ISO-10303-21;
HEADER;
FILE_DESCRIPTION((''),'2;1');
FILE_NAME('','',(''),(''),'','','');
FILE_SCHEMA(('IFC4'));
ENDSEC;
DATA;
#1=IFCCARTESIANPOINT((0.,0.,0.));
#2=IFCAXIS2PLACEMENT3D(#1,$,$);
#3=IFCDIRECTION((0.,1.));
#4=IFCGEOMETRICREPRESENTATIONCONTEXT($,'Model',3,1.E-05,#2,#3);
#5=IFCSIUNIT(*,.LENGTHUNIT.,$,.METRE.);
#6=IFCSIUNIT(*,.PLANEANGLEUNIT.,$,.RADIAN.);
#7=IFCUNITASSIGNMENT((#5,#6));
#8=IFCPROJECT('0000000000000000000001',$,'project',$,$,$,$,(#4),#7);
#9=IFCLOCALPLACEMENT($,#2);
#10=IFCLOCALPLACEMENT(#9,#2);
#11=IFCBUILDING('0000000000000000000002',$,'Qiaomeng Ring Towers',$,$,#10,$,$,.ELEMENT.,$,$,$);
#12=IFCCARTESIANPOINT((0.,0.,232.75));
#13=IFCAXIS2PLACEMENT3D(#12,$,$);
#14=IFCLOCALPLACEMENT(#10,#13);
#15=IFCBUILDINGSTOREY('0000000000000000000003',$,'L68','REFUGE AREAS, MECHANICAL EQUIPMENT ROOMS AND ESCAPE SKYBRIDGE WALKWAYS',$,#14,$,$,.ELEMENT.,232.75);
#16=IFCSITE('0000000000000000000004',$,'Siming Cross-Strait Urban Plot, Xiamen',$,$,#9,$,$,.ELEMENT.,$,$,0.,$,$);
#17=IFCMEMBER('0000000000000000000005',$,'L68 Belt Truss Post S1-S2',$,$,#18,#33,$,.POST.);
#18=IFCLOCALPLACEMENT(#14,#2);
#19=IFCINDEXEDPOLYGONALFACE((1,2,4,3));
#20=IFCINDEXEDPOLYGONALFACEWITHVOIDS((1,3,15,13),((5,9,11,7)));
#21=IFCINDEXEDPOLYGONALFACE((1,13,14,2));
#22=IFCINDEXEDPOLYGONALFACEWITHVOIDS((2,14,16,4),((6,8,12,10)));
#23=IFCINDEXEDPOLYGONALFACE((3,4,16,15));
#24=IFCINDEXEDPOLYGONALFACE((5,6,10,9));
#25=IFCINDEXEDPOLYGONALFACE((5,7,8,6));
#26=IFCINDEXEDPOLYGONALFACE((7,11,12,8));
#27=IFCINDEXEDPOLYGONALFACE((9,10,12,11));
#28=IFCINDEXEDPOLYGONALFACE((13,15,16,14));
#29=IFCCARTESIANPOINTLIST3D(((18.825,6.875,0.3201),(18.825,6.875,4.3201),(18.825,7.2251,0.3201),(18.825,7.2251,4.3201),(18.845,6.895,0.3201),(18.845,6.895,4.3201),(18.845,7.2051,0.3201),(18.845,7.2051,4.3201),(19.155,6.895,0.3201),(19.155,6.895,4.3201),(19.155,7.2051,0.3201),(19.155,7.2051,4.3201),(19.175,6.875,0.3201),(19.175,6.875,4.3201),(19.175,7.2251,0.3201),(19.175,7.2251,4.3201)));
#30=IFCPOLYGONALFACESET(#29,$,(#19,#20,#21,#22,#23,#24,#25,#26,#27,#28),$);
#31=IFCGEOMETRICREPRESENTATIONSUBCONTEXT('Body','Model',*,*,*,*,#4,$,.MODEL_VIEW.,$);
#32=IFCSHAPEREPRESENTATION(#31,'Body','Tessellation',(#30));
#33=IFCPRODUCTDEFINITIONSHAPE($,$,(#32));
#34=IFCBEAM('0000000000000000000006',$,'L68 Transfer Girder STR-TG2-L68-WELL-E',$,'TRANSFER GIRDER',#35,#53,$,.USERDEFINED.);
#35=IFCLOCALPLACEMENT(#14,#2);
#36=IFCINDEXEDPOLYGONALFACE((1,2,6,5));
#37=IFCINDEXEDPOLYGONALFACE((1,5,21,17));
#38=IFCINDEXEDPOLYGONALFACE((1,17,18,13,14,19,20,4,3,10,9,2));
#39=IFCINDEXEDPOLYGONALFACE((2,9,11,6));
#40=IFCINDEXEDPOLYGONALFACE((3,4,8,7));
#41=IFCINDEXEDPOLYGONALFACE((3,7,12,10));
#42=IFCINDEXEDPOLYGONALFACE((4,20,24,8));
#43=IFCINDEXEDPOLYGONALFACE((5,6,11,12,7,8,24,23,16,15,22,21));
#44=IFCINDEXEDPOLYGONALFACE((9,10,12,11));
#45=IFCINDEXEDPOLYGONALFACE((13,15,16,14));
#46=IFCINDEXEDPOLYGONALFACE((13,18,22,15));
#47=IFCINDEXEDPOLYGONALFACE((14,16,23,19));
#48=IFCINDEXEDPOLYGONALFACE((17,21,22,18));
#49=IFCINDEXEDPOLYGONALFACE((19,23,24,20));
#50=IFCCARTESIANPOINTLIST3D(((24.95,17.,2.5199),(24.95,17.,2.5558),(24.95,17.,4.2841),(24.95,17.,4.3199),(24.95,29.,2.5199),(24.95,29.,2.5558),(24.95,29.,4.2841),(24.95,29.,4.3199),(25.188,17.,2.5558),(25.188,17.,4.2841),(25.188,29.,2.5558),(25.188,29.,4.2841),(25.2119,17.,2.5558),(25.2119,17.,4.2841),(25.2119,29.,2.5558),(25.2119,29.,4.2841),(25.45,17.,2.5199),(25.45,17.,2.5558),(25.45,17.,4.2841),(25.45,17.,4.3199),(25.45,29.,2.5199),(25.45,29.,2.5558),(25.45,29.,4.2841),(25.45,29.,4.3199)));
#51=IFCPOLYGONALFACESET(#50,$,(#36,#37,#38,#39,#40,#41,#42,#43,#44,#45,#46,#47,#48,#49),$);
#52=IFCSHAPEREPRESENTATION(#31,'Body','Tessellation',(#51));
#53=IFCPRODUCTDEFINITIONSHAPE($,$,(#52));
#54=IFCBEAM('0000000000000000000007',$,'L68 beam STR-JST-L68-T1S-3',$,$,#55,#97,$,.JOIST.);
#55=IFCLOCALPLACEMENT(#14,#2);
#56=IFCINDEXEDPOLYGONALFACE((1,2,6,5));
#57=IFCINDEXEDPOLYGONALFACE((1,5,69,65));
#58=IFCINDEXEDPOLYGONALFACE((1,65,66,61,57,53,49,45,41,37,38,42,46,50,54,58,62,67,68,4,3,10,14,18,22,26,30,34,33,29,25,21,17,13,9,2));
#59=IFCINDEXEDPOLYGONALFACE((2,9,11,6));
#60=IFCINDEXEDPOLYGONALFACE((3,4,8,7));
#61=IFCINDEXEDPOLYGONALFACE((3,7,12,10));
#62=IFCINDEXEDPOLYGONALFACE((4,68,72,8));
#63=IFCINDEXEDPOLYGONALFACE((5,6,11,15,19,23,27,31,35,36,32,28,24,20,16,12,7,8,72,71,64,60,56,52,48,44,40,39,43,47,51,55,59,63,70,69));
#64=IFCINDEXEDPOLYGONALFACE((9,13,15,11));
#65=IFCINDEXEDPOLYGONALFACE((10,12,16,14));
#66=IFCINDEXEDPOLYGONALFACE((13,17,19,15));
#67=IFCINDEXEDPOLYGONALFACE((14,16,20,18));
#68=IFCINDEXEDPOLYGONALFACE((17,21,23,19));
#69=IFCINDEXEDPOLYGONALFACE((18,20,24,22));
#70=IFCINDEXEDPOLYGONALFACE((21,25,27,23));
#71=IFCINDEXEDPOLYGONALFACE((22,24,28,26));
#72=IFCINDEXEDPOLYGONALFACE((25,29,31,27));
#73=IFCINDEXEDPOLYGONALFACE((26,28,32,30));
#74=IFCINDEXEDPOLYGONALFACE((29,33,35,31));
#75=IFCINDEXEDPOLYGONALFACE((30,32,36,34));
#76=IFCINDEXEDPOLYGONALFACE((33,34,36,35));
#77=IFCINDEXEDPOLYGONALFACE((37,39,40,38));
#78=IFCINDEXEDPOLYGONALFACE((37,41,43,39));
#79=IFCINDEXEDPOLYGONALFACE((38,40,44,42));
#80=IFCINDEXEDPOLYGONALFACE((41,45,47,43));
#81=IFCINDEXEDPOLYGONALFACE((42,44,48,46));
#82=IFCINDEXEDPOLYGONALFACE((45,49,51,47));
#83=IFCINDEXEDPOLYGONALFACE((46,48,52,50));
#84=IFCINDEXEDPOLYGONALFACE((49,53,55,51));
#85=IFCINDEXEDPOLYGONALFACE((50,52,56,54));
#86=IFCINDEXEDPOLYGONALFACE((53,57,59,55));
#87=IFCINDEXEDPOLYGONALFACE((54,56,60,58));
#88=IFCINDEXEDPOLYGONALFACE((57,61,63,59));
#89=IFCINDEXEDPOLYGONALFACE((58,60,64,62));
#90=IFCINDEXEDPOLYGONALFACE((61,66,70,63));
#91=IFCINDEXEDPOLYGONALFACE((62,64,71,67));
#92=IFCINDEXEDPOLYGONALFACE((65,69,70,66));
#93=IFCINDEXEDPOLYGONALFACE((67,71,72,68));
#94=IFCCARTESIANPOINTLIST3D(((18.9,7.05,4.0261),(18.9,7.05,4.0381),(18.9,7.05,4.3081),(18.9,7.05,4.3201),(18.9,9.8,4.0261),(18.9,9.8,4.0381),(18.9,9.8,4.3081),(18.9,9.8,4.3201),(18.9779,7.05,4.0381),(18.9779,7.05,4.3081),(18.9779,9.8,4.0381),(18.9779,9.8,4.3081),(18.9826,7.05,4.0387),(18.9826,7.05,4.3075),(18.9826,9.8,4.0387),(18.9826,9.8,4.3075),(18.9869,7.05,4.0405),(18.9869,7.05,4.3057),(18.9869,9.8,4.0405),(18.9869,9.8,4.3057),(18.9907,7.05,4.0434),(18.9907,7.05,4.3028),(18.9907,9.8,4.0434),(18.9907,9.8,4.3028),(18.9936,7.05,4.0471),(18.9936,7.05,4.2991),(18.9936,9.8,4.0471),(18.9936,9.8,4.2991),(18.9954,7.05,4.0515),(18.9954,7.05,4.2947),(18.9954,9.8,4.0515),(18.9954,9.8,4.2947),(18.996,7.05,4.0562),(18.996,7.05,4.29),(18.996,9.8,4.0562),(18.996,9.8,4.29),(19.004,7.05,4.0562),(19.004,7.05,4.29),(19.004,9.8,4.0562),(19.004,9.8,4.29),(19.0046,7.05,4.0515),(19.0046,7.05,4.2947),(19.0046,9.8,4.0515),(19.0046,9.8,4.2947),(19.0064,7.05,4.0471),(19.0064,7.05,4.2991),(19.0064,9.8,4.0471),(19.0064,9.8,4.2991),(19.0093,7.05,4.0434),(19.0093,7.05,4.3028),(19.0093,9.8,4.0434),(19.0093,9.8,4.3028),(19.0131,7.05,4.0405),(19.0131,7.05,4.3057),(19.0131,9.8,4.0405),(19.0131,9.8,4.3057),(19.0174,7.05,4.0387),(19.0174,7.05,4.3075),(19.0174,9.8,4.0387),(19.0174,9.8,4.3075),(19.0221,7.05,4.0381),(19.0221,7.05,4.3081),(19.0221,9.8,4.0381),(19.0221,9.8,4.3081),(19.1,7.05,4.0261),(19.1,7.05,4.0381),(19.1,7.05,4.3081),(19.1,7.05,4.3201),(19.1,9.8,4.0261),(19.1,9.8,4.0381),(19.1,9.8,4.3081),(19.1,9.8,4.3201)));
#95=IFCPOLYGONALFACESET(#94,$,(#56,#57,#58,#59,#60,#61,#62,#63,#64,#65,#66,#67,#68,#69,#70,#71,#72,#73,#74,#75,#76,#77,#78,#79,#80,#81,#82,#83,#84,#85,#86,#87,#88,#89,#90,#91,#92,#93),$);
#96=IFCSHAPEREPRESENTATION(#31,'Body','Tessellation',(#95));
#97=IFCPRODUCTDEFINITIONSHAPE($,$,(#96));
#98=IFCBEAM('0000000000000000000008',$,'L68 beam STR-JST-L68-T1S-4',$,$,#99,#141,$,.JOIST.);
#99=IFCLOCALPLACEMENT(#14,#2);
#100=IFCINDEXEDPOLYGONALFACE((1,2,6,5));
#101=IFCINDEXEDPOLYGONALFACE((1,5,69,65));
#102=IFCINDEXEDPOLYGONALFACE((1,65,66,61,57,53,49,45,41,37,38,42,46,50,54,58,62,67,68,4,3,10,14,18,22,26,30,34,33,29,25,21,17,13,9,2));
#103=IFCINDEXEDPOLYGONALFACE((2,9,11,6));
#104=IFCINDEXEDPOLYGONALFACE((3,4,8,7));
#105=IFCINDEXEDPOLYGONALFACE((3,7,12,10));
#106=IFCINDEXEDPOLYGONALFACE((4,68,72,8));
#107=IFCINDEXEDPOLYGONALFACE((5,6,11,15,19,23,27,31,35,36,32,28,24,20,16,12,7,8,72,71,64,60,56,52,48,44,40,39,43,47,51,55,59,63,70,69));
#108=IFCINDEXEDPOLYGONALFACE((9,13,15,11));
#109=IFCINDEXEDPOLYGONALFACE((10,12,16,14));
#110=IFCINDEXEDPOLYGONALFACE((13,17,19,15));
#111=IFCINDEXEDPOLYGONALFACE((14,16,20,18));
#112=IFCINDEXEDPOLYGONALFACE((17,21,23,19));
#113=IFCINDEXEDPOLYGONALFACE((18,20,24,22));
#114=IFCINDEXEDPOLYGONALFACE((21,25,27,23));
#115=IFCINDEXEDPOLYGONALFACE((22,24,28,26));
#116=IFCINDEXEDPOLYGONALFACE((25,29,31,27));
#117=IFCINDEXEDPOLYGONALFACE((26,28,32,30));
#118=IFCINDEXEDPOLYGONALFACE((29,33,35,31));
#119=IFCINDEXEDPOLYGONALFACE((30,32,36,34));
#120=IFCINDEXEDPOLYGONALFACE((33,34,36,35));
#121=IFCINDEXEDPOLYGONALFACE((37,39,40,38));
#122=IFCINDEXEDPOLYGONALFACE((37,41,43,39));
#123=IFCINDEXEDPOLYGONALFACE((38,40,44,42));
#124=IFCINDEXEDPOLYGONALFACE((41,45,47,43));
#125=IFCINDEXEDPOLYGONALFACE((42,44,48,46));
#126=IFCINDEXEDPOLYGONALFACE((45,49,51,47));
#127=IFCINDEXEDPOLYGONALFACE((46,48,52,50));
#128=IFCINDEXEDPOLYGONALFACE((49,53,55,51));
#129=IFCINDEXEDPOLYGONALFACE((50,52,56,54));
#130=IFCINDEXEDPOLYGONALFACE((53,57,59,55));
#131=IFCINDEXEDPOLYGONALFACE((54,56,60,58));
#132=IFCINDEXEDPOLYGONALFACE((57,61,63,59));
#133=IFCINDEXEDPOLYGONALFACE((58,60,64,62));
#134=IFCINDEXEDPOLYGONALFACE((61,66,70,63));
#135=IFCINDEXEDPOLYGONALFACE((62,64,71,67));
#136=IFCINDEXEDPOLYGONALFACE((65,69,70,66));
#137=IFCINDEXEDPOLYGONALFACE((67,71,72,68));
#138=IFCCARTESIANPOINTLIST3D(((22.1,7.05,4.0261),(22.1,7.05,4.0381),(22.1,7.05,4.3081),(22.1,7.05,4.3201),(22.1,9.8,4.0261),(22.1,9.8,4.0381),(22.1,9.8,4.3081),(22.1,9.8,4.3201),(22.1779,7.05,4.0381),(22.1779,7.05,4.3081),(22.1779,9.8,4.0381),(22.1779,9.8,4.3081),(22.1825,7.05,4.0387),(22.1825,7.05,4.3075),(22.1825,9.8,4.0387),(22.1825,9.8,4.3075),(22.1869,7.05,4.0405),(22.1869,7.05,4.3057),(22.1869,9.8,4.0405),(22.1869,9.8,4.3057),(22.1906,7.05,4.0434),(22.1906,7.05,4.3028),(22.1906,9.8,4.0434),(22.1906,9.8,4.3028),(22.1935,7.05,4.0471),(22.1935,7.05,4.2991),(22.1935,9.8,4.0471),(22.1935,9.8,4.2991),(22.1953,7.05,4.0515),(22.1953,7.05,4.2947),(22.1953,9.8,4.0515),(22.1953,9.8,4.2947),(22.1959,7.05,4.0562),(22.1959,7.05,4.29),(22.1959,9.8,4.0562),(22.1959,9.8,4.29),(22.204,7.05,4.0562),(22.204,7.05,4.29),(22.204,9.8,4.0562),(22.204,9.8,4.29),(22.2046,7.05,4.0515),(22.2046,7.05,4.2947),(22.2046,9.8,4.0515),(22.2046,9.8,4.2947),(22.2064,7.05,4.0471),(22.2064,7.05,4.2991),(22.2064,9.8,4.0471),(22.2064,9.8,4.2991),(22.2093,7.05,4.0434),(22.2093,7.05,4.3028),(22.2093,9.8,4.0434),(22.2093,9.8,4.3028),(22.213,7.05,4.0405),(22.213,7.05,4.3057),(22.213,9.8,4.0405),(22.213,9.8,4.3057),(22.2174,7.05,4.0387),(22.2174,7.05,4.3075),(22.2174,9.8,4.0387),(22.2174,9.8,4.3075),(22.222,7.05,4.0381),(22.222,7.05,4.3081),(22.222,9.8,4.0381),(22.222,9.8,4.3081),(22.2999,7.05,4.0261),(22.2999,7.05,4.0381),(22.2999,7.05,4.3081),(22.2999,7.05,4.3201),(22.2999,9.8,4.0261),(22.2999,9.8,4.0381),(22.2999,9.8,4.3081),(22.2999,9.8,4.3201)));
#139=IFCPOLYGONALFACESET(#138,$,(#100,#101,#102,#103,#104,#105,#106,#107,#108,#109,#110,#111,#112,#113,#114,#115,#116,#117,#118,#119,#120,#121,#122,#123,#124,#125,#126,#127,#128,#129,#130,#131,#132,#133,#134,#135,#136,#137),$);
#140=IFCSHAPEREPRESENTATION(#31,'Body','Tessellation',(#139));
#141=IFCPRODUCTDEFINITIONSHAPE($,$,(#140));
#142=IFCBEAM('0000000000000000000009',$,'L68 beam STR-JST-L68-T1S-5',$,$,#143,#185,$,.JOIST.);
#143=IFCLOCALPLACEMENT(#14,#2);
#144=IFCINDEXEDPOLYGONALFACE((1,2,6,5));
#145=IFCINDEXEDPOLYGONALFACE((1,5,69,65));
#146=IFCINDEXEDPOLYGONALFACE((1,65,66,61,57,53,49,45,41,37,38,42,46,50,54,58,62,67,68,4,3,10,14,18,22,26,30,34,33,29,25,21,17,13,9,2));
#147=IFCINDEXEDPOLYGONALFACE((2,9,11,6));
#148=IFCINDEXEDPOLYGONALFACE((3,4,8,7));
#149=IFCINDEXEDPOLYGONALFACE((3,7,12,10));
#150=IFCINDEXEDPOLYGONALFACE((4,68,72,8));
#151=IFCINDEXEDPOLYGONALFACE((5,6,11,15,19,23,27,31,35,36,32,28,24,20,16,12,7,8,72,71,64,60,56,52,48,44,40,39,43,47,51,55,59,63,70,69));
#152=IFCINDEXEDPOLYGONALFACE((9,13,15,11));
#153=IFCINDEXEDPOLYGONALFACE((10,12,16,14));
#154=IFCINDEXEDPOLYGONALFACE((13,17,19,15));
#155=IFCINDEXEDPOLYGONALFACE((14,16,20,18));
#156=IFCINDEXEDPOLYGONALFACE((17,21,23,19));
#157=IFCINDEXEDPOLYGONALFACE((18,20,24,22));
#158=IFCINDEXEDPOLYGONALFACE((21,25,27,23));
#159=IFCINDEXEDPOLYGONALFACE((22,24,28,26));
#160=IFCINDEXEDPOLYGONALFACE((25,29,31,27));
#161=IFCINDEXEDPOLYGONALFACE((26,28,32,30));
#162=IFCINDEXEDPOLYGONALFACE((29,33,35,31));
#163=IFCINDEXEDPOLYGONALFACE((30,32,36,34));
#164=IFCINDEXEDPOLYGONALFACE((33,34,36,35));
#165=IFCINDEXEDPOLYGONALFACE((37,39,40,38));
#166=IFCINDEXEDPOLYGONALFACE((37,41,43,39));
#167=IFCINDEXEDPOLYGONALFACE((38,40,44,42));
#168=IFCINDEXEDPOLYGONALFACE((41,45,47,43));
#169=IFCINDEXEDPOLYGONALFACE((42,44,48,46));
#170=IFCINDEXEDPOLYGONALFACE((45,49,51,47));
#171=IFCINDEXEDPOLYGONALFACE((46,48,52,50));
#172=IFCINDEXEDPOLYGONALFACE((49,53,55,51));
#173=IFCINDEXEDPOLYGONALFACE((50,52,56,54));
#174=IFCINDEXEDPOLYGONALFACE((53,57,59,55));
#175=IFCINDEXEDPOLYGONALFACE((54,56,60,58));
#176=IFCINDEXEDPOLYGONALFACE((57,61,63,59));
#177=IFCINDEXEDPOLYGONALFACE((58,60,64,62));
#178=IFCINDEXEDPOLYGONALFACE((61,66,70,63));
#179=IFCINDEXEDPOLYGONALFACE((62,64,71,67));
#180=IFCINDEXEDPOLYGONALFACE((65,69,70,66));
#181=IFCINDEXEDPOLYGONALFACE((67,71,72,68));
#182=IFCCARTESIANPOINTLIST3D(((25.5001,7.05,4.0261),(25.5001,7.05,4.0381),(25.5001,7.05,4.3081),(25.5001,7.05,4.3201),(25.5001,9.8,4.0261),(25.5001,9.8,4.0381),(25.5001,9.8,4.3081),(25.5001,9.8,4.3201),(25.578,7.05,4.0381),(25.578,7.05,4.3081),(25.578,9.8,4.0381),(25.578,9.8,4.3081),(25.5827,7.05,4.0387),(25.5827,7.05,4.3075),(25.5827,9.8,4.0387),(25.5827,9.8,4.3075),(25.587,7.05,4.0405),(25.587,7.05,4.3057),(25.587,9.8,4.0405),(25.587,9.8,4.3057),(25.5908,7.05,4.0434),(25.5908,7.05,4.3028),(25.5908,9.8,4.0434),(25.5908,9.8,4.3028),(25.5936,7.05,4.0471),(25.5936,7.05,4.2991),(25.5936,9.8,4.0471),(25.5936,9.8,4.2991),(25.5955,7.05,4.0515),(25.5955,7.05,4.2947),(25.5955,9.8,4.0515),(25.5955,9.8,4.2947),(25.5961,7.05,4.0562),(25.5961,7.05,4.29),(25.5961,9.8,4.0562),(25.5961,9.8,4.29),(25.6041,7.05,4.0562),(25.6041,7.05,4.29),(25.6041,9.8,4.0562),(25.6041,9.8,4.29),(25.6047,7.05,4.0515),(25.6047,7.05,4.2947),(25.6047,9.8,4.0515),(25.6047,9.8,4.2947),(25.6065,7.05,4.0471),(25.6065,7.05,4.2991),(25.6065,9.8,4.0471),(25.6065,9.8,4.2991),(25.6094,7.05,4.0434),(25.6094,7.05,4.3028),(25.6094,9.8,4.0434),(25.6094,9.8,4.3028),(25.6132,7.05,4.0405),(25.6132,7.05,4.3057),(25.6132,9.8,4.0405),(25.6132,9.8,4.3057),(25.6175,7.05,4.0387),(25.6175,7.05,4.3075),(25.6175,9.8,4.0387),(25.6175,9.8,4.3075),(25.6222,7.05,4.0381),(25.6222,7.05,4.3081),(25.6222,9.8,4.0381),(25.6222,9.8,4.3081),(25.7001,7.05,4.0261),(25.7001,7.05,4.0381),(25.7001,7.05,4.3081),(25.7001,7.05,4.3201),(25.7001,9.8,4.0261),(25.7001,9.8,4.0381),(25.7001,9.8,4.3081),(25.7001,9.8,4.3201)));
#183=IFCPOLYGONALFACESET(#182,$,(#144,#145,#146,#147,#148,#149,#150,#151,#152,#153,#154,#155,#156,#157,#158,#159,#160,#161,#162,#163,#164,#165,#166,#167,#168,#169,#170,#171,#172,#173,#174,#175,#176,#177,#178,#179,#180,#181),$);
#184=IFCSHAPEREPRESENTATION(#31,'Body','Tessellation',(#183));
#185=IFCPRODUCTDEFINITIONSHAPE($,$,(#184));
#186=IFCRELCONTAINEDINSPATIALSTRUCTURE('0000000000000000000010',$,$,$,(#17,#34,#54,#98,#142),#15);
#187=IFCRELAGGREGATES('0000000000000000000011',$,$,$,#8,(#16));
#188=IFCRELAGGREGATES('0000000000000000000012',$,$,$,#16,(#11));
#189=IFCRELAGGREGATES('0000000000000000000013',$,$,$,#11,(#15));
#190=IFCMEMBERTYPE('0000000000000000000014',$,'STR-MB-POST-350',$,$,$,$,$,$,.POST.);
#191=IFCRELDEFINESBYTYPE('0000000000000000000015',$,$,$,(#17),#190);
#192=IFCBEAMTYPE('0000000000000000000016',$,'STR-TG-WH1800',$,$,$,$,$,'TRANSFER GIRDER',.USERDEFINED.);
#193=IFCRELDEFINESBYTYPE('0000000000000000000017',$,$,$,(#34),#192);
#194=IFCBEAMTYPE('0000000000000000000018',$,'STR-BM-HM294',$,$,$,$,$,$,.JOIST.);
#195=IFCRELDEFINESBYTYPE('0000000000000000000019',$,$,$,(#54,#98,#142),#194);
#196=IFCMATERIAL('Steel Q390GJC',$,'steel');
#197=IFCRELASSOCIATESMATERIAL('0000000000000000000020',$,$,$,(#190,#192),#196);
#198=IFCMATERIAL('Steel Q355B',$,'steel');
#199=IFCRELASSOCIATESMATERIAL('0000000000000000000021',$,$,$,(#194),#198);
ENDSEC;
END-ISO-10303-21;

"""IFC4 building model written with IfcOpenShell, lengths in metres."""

from ifc_helpers import new_model, si_unit, direction, frame, origin, origin_2d, place, context, subcontext, project, spatial, hollow_rectangle, i_section, extrude, source, transform, mapped, material, material_profile, profile_set, type_object, element, save


model = new_model("IFC4")

# Units and contexts
model_context = context("Model", 3, precision=1e-05, world=origin(), true_north=direction((0.0, 1.0)))
body_context = subcontext(model_context, "Body", "Model", "MODEL_VIEW")
ifc_project = project(units=[si_unit("LENGTHUNIT", "METRE"), si_unit("PLANEANGLEUNIT", "RADIAN")], contexts=[model_context])

# Site, building, storey
site_placement = place(None, origin())
site = spatial("IfcSite", under=ifc_project, at=site_placement, Name="Siming Cross-Strait Urban Plot, Xiamen", CompositionType="ELEMENT", RefElevation=0.0)
building_placement = place(site_placement, origin())
building = spatial("IfcBuilding", under=site, at=building_placement, Name="Qiaomeng Ring Towers", CompositionType="ELEMENT")
storey_placement = place(building_placement, frame((0.0, 0.0, 232.75)))
storey = spatial("IfcBuildingStorey", under=building, at=storey_placement, Name="L68", Description="REFUGE AREAS, MECHANICAL EQUIPMENT ROOMS AND ESCAPE SKYBRIDGE WALKWAYS", CompositionType="ELEMENT", Elevation=232.75)

# Member
ifc_material_1 = material(Name="Steel Q390GJC", Category="steel")
ifc_material_profile_1 = material_profile(ifc_material_1, hollow_rectangle(XDim=0.3501, YDim=0.3501, WallThickness=0.02, at=origin_2d()), Name="SHS 350x350x20")
ifc_profile_set_1 = profile_set([ifc_material_profile_1], Name="Steel Q390GJC")
member_type_1 = type_object("IfcMemberType", Name="STR-MB-POST-350", PredefinedType="POST", material=ifc_profile_set_1)
shared_shape_1 = source(origin(), body_context, "Body", "SweptSolid", [
    extrude(hollow_rectangle(XDim=0.3501, YDim=0.3501, WallThickness=0.02, at=origin_2d()), origin(), (0.0, 0.0, 1.0), 4.0),
])
member_1_placement = place(storey_placement, frame((19.0, 7.05, 0.3201), z_axis=(0.0, 0.0, 1.0), x_axis=(1.0, 0.0, 0.0)))
element("IfcMember", 1, at=member_1_placement, inside=storey, type_object=member_type_1, Name="L68 Belt Truss Post S1-S2", PredefinedType="POST", context=body_context, shape_type="MappedRepresentation", body=[
    mapped(shared_shape_1, transform((0.0, 0.0, 0.0), x_axis=(1.0, 0.0, 0.0), y_axis=(0.0, 1.0, 0.0), z_axis=(0.0, 0.0, 1.0), scale=1.0)),
])

# Beams
ifc_material_profile_2 = material_profile(ifc_material_1, i_section(OverallWidth=0.5, OverallDepth=1.8, WebThickness=0.0239, FlangeThickness=0.0359, at=origin_2d()), Name="WH 1800x500x24x36")
ifc_profile_set_2 = profile_set([ifc_material_profile_2], Name="Steel Q390GJC")
beam_type_1 = type_object("IfcBeamType", Name="STR-TG-WH1800", ElementType="TRANSFER GIRDER", PredefinedType="USERDEFINED", material=ifc_profile_set_2)
shared_shape_2 = source(origin(), body_context, "Body", "SweptSolid", [
    extrude(i_section(OverallWidth=0.5, OverallDepth=1.8, WebThickness=0.0239, FlangeThickness=0.0359, at=origin_2d()), origin(), (0.0, 0.0, 1.0), 12.0),
])
beam_1_placement = place(storey_placement, frame((25.2, 17.0, 3.4199), z_axis=(0.0, 1.0, 0.0), x_axis=(-1.0, 0.0, 0.0)))
element("IfcBeam", 2, at=beam_1_placement, inside=storey, type_object=beam_type_1, Name="L68 Transfer Girder STR-TG2-L68-WELL-E", ObjectType="TRANSFER GIRDER", PredefinedType="USERDEFINED", context=body_context, shape_type="MappedRepresentation", body=[
    mapped(shared_shape_2, transform((0.0, 0.0, 0.0), x_axis=(1.0, 0.0, 0.0), y_axis=(0.0, 1.0, 0.0), z_axis=(0.0, 0.0, 1.0), scale=1.0)),
])
ifc_material_2 = material(Name="Steel Q355B", Category="steel")
ifc_material_profile_3 = material_profile(ifc_material_2, i_section(OverallWidth=0.2, OverallDepth=0.2939, WebThickness=0.0081, FlangeThickness=0.012, FilletRadius=0.0181, at=origin_2d()), Name="HM 294x200x8x12")
ifc_profile_set_3 = profile_set([ifc_material_profile_3], Name="Steel Q355B")
beam_type_2 = type_object("IfcBeamType", Name="STR-BM-HM294", PredefinedType="JOIST", material=ifc_profile_set_3)
shared_shape_3 = source(origin(), body_context, "Body", "SweptSolid", [
    extrude(i_section(OverallWidth=0.2, OverallDepth=0.2939, WebThickness=0.0081, FlangeThickness=0.012, FilletRadius=0.0181, at=origin_2d()), origin(), (0.0, 0.0, 1.0), 2.75),
])
for number, where, z_axis, x_axis, name in (
    (3, (19.0, 7.05, 4.1731), (0.0, 1.0, 0.0), (-1.0, 0.0, 0.0), "L68 beam STR-JST-L68-T1S-3"),
    (4, (22.2, 7.05, 4.1731), (0.0, 1.0, 0.0), (-1.0, 0.0, 0.0), "L68 beam STR-JST-L68-T1S-4"),
    (5, (25.6001, 7.05, 4.1731), (0.0, 1.0, 0.0), (-1.0, 0.0, 0.0), "L68 beam STR-JST-L68-T1S-5"),
):
    element("IfcBeam", number, at=place(storey_placement, frame(where, z_axis=z_axis, x_axis=x_axis)), inside=storey, type_object=beam_type_2, Name=name, PredefinedType="JOIST", context=body_context, shape_type="MappedRepresentation", body=[
        mapped(shared_shape_3, transform((0.0, 0.0, 0.0), x_axis=(1.0, 0.0, 0.0), y_axis=(0.0, 1.0, 0.0), z_axis=(0.0, 0.0, 1.0), scale=1.0)),
    ])

save(model, "model.ifc")
